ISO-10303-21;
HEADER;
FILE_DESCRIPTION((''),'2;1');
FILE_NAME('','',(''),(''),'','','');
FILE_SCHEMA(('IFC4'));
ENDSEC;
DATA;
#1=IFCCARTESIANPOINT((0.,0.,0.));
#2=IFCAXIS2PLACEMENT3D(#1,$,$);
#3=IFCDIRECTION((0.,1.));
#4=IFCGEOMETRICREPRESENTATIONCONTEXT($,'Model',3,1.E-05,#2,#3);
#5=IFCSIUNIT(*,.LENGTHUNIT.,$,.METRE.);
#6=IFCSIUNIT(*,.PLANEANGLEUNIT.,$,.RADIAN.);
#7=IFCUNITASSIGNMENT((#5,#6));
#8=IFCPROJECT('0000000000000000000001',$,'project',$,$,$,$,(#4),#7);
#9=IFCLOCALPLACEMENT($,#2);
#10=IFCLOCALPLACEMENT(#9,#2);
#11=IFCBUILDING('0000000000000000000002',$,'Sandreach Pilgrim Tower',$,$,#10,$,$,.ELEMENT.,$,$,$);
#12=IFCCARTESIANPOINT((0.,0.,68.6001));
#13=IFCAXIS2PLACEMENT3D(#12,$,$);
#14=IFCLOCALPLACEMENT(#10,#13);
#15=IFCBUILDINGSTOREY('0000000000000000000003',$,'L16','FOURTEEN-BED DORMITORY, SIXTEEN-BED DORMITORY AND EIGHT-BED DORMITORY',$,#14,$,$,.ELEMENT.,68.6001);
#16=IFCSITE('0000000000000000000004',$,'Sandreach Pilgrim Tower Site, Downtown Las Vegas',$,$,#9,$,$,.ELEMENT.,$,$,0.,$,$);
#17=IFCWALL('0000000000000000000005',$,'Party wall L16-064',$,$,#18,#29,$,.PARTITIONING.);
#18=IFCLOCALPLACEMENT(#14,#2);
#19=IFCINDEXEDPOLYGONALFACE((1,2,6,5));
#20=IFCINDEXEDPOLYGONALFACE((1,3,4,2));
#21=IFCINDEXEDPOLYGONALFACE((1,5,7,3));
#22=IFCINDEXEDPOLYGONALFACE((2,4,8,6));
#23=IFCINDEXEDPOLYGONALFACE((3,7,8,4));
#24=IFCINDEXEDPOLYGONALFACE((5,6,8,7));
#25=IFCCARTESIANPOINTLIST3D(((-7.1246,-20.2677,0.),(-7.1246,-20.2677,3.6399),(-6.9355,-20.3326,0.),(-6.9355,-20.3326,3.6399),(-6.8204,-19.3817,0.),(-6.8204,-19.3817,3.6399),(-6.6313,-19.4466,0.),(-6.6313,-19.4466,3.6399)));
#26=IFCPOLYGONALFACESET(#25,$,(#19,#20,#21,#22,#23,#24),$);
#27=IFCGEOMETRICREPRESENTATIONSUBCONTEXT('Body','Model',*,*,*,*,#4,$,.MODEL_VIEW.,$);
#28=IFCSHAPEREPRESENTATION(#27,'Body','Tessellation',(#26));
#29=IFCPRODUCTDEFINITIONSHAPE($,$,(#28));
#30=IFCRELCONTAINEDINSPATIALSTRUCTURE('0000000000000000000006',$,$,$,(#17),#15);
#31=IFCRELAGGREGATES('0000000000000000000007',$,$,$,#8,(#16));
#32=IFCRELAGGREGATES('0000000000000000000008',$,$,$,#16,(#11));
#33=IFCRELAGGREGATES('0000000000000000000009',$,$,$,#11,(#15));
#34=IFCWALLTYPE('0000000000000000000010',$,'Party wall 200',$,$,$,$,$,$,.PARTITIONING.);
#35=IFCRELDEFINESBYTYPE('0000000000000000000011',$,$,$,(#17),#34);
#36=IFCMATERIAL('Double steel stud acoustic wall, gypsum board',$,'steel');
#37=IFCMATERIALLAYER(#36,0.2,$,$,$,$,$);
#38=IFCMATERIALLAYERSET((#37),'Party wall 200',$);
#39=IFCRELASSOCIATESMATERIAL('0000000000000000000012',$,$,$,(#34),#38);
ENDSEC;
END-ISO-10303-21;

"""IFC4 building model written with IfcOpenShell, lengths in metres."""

from ifc_helpers import new_model, si_unit, direction, frame, frame_2d, origin, place, context, subcontext, project, spatial, rectangle, extrude, material, layer, layer_set, type_object, element, save


model = new_model("IFC4")

# Units and contexts
model_context = context("Model", 3, precision=1e-05, world=origin(), true_north=direction((0.0, 1.0)))
body_context = subcontext(model_context, "Body", "Model", "MODEL_VIEW")
ifc_project = project(units=[si_unit("LENGTHUNIT", "METRE"), si_unit("PLANEANGLEUNIT", "RADIAN")], contexts=[model_context])

# Site, building, storey
site_placement = place(None, origin())
site = spatial("IfcSite", under=ifc_project, at=site_placement, Name="Sandreach Pilgrim Tower Site, Downtown Las Vegas", CompositionType="ELEMENT", RefElevation=0.0)
building_placement = place(site_placement, origin())
building = spatial("IfcBuilding", under=site, at=building_placement, Name="Sandreach Pilgrim Tower", CompositionType="ELEMENT")
storey_placement = place(building_placement, frame((0.0, 0.0, 68.6001)))
storey = spatial("IfcBuildingStorey", under=building, at=storey_placement, Name="L16", Description="FOURTEEN-BED DORMITORY, SIXTEEN-BED DORMITORY AND EIGHT-BED DORMITORY", CompositionType="ELEMENT", Elevation=68.6001)

# Wall
ifc_material_1 = material(Name="Double steel stud acoustic wall, gypsum board", Category="steel")
ifc_layer_1 = layer(ifc_material_1, 0.2)
ifc_layer_set_1 = layer_set([ifc_layer_1], Name="Party wall 200")
wall_type_1 = type_object("IfcWallType", Name="Party wall 200", PredefinedType="PARTITIONING", material=ifc_layer_set_1)
wall_1_placement = place(storey_placement, frame((-7.03, -20.3, 0.0), z_axis=(0.0, 0.0, 1.0), x_axis=(0.324737, 0.945804, 0.0)))
element("IfcWall", 1, at=wall_1_placement, inside=storey, type_object=wall_type_1, Name="Party wall L16-064", PredefinedType="PARTITIONING", context=body_context, shape_type="SweptSolid", body=[
    extrude(rectangle(XDim=0.9368, YDim=0.2, at=frame_2d((0.4683, 0.0))), origin(), (0.0, 0.0, 1.0), 3.6399),
])

save(model, "model.ifc")
